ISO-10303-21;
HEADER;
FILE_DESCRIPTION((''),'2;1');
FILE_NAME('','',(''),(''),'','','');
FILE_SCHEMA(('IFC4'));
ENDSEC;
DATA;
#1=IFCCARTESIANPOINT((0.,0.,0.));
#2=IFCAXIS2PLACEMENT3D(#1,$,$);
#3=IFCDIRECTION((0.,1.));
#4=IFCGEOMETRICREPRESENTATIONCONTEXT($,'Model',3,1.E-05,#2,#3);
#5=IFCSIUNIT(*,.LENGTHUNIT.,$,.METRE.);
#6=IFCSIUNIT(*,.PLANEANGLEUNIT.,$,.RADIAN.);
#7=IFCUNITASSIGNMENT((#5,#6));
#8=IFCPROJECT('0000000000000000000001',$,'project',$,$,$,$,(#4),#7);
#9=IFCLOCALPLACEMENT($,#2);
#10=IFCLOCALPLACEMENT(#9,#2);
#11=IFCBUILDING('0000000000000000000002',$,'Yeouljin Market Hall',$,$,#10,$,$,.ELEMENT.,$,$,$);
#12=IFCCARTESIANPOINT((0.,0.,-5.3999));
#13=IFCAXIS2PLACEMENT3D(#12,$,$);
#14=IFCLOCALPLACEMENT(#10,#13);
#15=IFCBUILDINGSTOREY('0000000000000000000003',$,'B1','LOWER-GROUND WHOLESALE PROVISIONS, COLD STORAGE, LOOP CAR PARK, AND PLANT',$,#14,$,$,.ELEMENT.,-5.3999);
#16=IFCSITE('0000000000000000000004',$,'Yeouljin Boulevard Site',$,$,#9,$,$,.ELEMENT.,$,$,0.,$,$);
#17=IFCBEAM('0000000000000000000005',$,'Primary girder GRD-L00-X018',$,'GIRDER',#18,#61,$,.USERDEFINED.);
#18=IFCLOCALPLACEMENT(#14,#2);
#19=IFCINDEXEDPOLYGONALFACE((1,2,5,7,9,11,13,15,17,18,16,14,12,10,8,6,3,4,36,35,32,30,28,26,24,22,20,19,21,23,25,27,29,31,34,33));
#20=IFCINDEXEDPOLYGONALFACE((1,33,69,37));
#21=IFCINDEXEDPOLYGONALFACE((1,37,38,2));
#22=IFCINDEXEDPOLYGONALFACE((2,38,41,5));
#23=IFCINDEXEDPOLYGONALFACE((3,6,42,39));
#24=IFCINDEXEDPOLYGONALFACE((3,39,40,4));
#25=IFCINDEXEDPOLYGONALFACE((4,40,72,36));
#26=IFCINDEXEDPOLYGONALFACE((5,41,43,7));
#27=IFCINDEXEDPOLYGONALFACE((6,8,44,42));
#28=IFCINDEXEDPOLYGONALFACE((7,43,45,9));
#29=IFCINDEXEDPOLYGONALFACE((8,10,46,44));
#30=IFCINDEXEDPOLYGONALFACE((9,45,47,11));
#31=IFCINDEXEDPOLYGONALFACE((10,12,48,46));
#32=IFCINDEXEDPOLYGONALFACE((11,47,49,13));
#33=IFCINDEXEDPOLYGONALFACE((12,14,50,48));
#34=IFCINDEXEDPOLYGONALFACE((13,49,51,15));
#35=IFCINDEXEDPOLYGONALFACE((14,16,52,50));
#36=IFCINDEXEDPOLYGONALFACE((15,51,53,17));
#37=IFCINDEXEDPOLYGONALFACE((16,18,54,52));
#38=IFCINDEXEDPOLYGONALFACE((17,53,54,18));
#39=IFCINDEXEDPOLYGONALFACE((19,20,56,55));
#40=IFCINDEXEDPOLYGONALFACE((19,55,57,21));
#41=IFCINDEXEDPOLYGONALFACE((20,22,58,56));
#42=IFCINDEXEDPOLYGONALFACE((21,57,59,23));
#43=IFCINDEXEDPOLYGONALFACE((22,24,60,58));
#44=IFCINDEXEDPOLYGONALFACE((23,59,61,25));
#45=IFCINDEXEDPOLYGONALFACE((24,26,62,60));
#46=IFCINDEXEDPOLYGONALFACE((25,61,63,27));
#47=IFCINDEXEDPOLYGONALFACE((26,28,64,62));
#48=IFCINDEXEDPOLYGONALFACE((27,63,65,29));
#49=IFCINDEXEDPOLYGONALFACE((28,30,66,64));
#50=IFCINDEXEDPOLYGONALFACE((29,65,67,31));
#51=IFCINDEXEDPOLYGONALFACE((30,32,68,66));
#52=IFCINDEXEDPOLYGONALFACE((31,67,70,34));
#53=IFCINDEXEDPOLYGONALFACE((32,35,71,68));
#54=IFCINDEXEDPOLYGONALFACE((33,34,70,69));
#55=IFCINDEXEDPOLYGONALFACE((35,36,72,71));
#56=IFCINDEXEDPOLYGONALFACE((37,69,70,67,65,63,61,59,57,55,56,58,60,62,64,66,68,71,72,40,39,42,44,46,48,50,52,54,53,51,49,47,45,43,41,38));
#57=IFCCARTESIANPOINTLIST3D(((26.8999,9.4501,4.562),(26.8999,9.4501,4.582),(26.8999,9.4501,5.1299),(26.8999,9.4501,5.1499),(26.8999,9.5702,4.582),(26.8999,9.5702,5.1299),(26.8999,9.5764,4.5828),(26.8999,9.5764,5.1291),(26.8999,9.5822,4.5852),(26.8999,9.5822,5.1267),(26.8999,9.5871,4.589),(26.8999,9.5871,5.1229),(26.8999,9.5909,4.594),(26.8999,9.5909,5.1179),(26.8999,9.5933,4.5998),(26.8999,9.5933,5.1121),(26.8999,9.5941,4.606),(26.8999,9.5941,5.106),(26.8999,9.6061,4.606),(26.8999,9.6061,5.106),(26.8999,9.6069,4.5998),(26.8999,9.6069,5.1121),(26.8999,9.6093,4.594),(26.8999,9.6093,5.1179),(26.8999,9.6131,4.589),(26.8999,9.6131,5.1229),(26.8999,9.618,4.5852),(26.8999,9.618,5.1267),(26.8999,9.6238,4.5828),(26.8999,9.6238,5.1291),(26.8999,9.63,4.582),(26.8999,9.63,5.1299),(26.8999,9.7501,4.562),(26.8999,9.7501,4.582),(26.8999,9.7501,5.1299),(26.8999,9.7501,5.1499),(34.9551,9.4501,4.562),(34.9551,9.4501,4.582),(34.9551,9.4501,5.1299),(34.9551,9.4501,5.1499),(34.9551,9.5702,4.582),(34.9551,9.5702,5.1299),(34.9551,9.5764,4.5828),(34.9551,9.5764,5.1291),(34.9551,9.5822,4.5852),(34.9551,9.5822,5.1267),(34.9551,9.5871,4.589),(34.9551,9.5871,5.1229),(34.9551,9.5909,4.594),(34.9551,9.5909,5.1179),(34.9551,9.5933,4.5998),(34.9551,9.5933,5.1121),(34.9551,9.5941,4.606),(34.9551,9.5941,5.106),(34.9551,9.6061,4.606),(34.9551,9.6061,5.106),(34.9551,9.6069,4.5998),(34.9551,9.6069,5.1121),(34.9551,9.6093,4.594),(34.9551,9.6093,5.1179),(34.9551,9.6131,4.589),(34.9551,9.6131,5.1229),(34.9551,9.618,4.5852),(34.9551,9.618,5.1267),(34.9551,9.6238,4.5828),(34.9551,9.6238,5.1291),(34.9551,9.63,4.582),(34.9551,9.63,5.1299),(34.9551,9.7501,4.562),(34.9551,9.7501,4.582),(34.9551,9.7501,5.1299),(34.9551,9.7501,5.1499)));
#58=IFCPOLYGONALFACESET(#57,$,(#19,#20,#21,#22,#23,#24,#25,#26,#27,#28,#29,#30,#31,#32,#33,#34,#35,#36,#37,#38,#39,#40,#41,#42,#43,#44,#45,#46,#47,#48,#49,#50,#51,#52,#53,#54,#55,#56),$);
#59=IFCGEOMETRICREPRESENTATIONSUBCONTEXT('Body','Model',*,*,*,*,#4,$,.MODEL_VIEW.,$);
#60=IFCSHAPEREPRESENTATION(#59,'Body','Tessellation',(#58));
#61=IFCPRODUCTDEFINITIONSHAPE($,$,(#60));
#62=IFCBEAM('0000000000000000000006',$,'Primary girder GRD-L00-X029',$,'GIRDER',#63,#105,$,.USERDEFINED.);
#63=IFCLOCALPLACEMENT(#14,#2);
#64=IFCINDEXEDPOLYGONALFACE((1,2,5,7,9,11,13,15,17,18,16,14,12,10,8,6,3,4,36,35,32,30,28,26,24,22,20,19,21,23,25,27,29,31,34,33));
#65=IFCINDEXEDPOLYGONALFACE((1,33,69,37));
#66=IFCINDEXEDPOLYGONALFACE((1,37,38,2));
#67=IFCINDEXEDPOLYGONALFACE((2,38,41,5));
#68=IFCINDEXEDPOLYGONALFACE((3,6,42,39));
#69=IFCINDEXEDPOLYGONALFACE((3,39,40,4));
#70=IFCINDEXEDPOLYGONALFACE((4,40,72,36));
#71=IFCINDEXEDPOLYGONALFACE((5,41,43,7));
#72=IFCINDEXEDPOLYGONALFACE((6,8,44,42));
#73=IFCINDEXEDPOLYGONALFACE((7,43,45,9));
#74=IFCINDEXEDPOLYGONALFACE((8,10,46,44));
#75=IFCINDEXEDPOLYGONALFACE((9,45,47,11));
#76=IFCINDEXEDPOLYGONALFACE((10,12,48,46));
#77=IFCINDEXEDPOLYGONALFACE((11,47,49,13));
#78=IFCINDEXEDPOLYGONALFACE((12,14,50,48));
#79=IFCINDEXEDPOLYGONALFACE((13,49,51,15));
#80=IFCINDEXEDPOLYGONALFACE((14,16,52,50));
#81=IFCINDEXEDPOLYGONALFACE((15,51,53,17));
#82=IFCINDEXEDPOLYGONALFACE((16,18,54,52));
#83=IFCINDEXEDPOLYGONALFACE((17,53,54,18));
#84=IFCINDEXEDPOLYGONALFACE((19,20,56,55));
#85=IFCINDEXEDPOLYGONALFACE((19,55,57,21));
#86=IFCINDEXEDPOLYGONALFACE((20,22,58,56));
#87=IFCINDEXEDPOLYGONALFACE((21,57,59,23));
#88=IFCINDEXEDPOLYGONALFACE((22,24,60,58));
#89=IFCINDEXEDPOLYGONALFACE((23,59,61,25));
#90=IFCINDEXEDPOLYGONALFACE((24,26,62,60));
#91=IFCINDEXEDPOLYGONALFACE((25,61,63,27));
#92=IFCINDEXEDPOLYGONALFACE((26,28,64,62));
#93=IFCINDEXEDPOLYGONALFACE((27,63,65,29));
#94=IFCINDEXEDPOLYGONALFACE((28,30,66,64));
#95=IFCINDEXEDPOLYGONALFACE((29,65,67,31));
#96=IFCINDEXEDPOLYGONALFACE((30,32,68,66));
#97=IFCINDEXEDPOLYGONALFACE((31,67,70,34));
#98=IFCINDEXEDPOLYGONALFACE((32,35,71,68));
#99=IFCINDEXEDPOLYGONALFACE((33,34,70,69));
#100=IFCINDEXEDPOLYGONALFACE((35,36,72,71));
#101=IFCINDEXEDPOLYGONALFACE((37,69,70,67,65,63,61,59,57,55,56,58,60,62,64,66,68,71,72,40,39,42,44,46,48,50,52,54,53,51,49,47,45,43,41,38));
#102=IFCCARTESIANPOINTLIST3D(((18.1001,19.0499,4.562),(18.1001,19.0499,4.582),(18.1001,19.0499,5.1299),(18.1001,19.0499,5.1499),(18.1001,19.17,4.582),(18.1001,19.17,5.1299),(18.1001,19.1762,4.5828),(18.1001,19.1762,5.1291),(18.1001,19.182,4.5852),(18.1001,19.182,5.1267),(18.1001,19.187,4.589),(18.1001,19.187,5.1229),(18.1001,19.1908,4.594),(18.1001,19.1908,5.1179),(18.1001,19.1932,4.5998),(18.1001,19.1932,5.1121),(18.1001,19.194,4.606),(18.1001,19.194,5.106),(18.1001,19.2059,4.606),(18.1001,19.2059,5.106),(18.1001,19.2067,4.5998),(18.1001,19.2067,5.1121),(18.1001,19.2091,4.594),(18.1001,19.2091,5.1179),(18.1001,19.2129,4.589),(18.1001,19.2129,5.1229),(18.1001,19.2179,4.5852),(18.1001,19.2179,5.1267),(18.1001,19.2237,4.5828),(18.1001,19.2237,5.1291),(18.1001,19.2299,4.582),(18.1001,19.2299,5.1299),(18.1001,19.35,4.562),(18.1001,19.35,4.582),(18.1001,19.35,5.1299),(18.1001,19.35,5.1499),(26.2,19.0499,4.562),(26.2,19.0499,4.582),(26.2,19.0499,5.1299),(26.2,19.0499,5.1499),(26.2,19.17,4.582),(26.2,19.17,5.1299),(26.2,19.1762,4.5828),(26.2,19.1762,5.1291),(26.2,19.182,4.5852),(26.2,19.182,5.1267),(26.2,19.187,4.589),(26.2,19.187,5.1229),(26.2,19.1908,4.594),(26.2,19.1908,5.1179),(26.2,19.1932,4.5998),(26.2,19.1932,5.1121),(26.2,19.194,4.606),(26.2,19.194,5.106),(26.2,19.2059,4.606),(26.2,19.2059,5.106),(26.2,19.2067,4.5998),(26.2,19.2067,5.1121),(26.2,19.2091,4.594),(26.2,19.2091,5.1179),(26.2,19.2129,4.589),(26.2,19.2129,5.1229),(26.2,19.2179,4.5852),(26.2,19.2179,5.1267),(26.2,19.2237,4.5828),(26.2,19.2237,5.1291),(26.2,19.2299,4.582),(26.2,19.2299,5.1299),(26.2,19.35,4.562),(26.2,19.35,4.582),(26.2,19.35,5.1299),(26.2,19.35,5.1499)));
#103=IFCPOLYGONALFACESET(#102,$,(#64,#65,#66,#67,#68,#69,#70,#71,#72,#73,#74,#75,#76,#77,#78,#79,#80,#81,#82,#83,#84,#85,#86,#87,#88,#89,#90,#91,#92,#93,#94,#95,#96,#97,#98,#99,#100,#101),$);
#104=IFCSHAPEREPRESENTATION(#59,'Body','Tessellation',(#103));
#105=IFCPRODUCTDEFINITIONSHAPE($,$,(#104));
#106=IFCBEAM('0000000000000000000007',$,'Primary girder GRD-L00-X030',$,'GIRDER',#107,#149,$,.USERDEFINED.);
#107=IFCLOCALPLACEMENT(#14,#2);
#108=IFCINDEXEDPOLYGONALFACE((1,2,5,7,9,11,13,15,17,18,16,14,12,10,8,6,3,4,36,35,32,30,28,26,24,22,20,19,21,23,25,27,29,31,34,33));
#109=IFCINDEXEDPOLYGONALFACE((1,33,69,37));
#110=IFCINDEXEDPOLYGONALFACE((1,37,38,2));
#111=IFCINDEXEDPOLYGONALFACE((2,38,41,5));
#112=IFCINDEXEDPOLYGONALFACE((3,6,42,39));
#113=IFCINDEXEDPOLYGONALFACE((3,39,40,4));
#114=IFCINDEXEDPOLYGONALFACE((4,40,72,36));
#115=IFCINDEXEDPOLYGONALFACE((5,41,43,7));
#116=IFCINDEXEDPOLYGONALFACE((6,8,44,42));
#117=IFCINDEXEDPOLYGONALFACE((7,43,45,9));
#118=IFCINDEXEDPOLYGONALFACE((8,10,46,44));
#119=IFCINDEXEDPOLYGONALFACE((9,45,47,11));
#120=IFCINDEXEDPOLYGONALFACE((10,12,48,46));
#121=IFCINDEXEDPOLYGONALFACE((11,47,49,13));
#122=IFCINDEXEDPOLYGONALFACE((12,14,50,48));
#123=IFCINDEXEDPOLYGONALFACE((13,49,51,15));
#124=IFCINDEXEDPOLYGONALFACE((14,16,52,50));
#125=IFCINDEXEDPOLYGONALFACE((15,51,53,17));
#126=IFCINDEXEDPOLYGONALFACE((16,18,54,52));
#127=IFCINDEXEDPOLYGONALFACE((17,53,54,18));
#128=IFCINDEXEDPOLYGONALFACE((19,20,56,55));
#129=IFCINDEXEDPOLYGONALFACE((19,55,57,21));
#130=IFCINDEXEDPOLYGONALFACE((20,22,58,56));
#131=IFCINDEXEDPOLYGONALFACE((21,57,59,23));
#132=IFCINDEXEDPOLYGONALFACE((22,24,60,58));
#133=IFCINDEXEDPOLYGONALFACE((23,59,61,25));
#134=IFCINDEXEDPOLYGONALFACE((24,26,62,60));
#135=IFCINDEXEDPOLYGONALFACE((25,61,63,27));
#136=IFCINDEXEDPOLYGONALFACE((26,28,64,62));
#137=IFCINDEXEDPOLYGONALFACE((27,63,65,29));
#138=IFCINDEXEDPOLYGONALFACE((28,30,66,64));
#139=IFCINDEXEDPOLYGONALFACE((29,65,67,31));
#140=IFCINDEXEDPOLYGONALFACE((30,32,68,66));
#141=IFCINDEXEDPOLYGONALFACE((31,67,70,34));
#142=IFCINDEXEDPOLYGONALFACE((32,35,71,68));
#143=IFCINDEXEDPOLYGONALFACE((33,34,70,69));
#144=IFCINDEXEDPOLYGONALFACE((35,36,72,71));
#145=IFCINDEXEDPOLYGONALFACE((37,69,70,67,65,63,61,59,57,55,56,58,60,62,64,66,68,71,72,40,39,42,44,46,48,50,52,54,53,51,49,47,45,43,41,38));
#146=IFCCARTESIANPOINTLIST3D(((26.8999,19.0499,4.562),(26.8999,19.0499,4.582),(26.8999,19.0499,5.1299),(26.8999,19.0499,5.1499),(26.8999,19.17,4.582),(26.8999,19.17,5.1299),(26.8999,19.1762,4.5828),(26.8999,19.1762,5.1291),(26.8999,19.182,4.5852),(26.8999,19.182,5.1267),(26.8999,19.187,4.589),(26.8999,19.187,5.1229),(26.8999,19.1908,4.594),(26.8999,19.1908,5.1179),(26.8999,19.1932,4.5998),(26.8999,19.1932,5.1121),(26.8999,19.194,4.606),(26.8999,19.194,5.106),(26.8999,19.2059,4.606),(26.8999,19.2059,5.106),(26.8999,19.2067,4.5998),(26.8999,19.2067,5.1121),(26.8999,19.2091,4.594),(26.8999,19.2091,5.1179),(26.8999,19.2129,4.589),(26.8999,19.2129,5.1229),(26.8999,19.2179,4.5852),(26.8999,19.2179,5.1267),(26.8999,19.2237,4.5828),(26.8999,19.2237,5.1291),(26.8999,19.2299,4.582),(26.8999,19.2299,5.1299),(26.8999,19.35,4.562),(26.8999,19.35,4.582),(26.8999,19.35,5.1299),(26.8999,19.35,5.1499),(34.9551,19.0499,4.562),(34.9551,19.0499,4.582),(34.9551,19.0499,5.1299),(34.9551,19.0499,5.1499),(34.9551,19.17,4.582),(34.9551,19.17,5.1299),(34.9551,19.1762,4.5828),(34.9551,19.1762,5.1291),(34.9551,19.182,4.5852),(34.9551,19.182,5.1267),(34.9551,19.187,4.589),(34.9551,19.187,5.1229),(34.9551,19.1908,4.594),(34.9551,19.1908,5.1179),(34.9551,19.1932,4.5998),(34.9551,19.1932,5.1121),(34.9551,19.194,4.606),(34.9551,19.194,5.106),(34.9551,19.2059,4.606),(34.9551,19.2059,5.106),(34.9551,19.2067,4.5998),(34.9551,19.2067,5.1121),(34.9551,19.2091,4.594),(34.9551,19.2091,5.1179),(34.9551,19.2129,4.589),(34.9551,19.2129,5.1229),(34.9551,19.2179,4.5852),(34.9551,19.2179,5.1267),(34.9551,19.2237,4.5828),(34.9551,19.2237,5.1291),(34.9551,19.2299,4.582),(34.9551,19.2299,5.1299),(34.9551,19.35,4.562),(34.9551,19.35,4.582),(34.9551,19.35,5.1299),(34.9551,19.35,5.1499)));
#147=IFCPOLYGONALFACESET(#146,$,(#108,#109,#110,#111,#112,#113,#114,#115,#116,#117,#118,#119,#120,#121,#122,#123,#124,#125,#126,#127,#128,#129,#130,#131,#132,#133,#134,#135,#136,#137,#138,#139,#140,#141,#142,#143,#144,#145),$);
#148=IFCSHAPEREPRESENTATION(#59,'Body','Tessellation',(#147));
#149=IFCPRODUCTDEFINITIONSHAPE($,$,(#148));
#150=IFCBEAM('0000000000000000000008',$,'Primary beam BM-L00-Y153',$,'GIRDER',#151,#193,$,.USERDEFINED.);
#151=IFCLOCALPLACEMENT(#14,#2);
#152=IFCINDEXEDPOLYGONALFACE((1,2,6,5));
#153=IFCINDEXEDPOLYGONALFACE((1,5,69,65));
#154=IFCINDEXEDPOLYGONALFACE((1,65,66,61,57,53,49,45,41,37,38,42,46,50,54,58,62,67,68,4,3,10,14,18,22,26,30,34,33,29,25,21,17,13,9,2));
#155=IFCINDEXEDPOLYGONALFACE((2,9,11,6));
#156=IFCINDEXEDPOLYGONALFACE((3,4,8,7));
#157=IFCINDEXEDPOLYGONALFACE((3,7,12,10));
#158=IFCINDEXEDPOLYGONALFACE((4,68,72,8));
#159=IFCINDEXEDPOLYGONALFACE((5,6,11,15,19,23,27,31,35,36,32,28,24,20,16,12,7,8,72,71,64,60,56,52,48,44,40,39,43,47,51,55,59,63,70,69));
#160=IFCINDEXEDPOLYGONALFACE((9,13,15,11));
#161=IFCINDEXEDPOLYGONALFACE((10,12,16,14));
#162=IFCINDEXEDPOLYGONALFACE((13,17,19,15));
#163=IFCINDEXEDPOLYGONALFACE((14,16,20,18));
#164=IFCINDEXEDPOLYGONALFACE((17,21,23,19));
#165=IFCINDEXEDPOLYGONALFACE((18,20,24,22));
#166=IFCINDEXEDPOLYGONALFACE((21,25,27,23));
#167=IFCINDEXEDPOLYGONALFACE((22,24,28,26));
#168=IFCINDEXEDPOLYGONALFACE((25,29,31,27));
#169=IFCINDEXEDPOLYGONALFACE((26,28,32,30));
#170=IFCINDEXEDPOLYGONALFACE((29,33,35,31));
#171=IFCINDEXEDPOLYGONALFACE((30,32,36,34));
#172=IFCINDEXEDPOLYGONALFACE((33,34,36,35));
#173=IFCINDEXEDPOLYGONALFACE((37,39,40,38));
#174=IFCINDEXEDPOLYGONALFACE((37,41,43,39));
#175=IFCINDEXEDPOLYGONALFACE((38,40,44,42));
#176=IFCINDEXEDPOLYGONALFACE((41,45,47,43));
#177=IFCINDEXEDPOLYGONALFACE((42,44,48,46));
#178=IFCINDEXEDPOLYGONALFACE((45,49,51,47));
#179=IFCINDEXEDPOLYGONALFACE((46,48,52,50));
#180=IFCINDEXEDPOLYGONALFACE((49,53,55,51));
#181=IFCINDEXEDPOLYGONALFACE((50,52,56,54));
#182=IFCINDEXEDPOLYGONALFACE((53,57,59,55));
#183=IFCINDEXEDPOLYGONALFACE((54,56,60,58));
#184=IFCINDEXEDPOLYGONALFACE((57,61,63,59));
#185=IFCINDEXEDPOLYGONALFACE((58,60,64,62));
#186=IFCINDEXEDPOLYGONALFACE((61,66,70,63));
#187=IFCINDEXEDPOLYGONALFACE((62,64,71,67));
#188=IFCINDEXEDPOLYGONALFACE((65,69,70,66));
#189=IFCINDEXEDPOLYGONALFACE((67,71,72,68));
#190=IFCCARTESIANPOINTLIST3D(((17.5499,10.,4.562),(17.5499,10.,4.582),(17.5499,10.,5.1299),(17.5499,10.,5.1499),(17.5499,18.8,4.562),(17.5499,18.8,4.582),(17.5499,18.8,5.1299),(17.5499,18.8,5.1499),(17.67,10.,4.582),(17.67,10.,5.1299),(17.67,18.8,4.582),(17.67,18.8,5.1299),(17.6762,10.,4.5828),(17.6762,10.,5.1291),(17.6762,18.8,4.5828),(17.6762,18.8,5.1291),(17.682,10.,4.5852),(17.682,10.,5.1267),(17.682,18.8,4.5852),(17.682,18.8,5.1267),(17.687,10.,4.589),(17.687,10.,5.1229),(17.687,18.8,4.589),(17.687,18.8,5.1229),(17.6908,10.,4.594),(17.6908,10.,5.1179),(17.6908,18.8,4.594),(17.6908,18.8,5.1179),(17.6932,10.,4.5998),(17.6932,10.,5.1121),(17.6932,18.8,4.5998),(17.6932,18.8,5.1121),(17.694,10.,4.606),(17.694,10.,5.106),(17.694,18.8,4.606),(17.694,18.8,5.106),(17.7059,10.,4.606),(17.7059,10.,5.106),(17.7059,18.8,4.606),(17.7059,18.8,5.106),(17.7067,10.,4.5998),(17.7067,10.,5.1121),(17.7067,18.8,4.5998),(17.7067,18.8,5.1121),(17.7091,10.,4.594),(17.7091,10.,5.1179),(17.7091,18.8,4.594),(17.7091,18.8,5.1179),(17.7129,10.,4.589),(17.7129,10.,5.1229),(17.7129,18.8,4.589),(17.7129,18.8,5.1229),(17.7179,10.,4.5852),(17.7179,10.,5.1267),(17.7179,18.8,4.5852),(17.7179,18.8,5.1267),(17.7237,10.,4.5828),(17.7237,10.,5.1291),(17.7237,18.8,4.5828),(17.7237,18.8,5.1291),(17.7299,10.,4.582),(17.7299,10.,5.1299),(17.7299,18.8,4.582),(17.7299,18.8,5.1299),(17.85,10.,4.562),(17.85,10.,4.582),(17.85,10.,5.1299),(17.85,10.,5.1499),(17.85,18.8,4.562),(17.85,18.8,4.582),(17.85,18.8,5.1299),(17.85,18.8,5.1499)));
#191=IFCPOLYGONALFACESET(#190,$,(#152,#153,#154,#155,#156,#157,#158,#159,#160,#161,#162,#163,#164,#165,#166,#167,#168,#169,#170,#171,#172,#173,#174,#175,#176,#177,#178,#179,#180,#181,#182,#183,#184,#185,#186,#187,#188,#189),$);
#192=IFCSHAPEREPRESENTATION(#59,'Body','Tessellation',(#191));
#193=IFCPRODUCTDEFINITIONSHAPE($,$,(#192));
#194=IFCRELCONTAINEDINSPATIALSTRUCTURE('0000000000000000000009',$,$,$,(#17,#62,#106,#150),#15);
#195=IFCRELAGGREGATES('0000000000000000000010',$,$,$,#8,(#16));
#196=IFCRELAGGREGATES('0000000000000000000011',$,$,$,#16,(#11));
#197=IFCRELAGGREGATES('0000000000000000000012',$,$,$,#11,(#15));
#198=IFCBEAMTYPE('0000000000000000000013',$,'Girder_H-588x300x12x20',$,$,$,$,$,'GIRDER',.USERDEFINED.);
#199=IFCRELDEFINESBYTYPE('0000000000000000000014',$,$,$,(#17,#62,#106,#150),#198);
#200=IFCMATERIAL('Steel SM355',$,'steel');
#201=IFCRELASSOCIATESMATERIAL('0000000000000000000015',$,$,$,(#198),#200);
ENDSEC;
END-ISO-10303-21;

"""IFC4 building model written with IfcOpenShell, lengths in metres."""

from ifc_helpers import new_model, si_unit, direction, frame, origin, origin_2d, place, context, subcontext, project, spatial, i_section, extrude, material, material_profile, profile_set, type_object, element, save


model = new_model("IFC4")

# Units and contexts
model_context = context("Model", 3, precision=1e-05, world=origin(), true_north=direction((0.0, 1.0)))
body_context = subcontext(model_context, "Body", "Model", "MODEL_VIEW")
ifc_project = project(units=[si_unit("LENGTHUNIT", "METRE"), si_unit("PLANEANGLEUNIT", "RADIAN")], contexts=[model_context])

# Site, building, storey
site_placement = place(None, origin())
site = spatial("IfcSite", under=ifc_project, at=site_placement, Name="Yeouljin Boulevard Site", CompositionType="ELEMENT", RefElevation=0.0)
building_placement = place(site_placement, origin())
building = spatial("IfcBuilding", under=site, at=building_placement, Name="Yeouljin Market Hall", CompositionType="ELEMENT")
storey_placement = place(building_placement, frame((0.0, 0.0, -5.3999)))
storey = spatial("IfcBuildingStorey", under=building, at=storey_placement, Name="B1", Description="LOWER-GROUND WHOLESALE PROVISIONS, COLD STORAGE, LOOP CAR PARK, AND PLANT", CompositionType="ELEMENT", Elevation=-5.3999)

# Beams
ifc_material_1 = material(Name="Steel SM355", Category="steel")
ifc_material_profile_1 = material_profile(ifc_material_1, i_section(OverallWidth=0.3, OverallDepth=0.5879, WebThickness=0.012, FlangeThickness=0.02, FilletRadius=0.0239, at=origin_2d()), Name="H-588x300x12x20")
ifc_profile_set_1 = profile_set([ifc_material_profile_1], Name="Steel SM355")
beam_type_1 = type_object("IfcBeamType", Name="Girder_H-588x300x12x20", ElementType="GIRDER", PredefinedType="USERDEFINED", material=ifc_profile_set_1)
beam_1_placement = place(storey_placement, frame((26.8999, 9.6001, 4.856), z_axis=(1.0, 0.0, 0.0), x_axis=(0.0, 1.0, 0.0)))
element("IfcBeam", 1, at=beam_1_placement, inside=storey, type_object=beam_type_1, Name="Primary girder GRD-L00-X018", ObjectType="GIRDER", PredefinedType="USERDEFINED", context=body_context, shape_type="SweptSolid", body=[
    extrude(i_section(OverallWidth=0.3, OverallDepth=0.5879, WebThickness=0.012, FlangeThickness=0.02, FilletRadius=0.0239, at=origin_2d()), origin(), (0.0, 0.0, 1.0), 8.0552),
])
beam_2_placement = place(storey_placement, frame((18.1001, 19.2, 4.856), z_axis=(1.0, 0.0, 0.0), x_axis=(0.0, 1.0, 0.0)))
element("IfcBeam", 2, at=beam_2_placement, inside=storey, type_object=beam_type_1, Name="Primary girder GRD-L00-X029", ObjectType="GIRDER", PredefinedType="USERDEFINED", context=body_context, shape_type="SweptSolid", body=[
    extrude(i_section(OverallWidth=0.3, OverallDepth=0.5879, WebThickness=0.012, FlangeThickness=0.02, FilletRadius=0.0239, at=origin_2d()), origin(), (0.0, 0.0, 1.0), 8.0999),
])
beam_3_placement = place(storey_placement, frame((26.8999, 19.2, 4.856), z_axis=(1.0, 0.0, 0.0), x_axis=(0.0, 1.0, 0.0)))
element("IfcBeam", 3, at=beam_3_placement, inside=storey, type_object=beam_type_1, Name="Primary girder GRD-L00-X030", ObjectType="GIRDER", PredefinedType="USERDEFINED", context=body_context, shape_type="SweptSolid", body=[
    extrude(i_section(OverallWidth=0.3, OverallDepth=0.5879, WebThickness=0.012, FlangeThickness=0.02, FilletRadius=0.0239, at=origin_2d()), origin(), (0.0, 0.0, 1.0), 8.0552),
])
beam_4_placement = place(storey_placement, frame((17.7, 10.0, 4.856), z_axis=(0.0, 1.0, 0.0), x_axis=(-1.0, 0.0, 0.0)))
element("IfcBeam", 4, at=beam_4_placement, inside=storey, type_object=beam_type_1, Name="Primary beam BM-L00-Y153", ObjectType="GIRDER", PredefinedType="USERDEFINED", context=body_context, shape_type="SweptSolid", body=[
    extrude(i_section(OverallWidth=0.3, OverallDepth=0.5879, WebThickness=0.012, FlangeThickness=0.02, FilletRadius=0.0239, at=origin_2d()), origin(), (0.0, 0.0, 1.0), 8.8),
])

save(model, "model.ifc")
